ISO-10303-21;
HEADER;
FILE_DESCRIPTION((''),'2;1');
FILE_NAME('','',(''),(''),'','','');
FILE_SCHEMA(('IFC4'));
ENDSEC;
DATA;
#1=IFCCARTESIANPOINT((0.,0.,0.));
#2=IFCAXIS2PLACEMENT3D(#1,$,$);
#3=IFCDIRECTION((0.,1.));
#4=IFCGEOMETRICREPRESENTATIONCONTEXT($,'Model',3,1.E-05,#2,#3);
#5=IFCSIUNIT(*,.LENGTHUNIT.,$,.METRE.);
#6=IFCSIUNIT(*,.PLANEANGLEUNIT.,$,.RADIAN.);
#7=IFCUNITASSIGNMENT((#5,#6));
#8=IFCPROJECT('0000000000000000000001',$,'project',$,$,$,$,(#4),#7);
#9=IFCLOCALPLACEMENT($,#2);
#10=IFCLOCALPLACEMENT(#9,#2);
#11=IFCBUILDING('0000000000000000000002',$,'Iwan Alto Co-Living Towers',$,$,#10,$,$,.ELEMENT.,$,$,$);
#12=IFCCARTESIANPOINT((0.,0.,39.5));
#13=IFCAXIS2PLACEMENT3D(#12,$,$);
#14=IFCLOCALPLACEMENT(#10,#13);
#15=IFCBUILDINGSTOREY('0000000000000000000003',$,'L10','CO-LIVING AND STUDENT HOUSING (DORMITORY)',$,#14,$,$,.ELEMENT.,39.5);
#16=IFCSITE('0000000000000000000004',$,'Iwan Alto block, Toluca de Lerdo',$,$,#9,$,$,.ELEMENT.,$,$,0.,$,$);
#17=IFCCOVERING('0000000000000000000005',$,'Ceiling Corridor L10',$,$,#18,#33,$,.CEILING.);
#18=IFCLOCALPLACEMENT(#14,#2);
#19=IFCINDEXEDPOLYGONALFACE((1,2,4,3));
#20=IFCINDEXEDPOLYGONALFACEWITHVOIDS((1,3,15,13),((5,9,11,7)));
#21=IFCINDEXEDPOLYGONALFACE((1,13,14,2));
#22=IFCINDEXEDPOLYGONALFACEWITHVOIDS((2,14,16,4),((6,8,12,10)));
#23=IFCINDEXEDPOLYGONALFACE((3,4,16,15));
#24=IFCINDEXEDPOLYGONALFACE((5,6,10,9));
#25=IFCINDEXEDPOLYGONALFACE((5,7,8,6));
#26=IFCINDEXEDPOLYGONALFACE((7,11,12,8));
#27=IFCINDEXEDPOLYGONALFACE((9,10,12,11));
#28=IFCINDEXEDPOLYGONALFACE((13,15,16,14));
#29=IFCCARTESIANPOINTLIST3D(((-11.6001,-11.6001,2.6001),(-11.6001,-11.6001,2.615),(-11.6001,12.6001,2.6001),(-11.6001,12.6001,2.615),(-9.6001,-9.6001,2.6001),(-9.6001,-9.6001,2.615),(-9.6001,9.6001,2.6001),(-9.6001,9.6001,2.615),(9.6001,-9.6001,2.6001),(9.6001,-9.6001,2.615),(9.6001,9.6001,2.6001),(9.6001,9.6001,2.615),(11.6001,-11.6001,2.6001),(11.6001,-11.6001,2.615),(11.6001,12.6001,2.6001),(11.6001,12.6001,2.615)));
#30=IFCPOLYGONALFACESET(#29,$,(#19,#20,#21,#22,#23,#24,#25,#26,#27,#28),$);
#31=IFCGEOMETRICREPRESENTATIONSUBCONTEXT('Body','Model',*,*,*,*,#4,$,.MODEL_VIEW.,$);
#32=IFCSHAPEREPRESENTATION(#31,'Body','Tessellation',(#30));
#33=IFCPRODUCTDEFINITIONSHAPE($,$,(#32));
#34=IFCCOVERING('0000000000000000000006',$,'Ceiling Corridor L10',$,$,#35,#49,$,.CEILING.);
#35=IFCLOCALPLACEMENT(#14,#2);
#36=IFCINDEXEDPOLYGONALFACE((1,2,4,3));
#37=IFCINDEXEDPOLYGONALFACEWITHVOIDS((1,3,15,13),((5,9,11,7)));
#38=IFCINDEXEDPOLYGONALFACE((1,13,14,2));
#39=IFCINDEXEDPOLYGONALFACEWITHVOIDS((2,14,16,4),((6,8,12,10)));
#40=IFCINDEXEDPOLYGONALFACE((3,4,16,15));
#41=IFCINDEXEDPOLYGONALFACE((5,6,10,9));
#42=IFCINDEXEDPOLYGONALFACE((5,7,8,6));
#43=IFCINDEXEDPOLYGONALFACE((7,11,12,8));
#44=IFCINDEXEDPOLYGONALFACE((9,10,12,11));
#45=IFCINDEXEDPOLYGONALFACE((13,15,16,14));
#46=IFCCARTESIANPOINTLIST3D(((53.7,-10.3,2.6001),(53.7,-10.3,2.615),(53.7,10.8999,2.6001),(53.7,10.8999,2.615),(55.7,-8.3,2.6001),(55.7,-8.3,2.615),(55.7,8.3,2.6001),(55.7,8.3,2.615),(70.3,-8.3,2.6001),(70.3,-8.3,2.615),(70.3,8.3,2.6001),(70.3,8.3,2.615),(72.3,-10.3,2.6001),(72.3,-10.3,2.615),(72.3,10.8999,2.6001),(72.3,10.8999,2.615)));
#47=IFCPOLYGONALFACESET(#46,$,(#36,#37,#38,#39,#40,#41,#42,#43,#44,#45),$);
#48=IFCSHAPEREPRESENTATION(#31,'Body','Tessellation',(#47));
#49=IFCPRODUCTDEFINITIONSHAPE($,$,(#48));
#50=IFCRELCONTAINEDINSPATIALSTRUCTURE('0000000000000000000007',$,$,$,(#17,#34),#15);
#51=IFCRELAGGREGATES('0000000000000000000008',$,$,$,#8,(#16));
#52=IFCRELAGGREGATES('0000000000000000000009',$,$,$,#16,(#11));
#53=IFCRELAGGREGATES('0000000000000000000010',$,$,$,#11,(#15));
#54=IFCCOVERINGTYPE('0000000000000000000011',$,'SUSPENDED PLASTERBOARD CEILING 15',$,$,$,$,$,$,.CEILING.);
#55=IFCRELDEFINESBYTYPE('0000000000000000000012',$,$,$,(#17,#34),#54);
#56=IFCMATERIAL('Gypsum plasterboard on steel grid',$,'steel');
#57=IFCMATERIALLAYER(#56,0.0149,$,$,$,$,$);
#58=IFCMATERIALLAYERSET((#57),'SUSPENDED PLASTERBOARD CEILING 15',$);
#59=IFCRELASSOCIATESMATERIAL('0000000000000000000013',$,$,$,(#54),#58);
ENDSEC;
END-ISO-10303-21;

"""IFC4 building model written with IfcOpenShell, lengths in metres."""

from ifc_helpers import new_model, si_unit, direction, frame, origin, place, context, subcontext, project, spatial, polyline, outline, extrude, material, layer, layer_set, type_object, element, save


model = new_model("IFC4")

# Units and contexts
model_context = context("Model", 3, precision=1e-05, world=origin(), true_north=direction((0.0, 1.0)))
body_context = subcontext(model_context, "Body", "Model", "MODEL_VIEW")
ifc_project = project(units=[si_unit("LENGTHUNIT", "METRE"), si_unit("PLANEANGLEUNIT", "RADIAN")], contexts=[model_context])

# Site, building, storey
site_placement = place(None, origin())
site = spatial("IfcSite", under=ifc_project, at=site_placement, Name="Iwan Alto block, Toluca de Lerdo", CompositionType="ELEMENT", RefElevation=0.0)
building_placement = place(site_placement, origin())
building = spatial("IfcBuilding", under=site, at=building_placement, Name="Iwan Alto Co-Living Towers", CompositionType="ELEMENT")
storey_placement = place(building_placement, frame((0.0, 0.0, 39.5)))
storey = spatial("IfcBuildingStorey", under=building, at=storey_placement, Name="L10", Description="CO-LIVING AND STUDENT HOUSING (DORMITORY)", CompositionType="ELEMENT", Elevation=39.5)

# Coverings
ifc_material_1 = material(Name="Gypsum plasterboard on steel grid", Category="steel")
ifc_layer_1 = layer(ifc_material_1, 0.0149)
ifc_layer_set_1 = layer_set([ifc_layer_1], Name="SUSPENDED PLASTERBOARD CEILING 15")
covering_type_1 = type_object("IfcCoveringType", Name="SUSPENDED PLASTERBOARD CEILING 15", PredefinedType="CEILING", material=ifc_layer_set_1)
covering_1_placement = place(storey_placement, frame((0.0, 0.0, 2.6001)))
element("IfcCovering", 1, at=covering_1_placement, inside=storey, type_object=covering_type_1, Name="Ceiling Corridor L10", PredefinedType="CEILING", context=body_context, shape_type="SweptSolid", body=[
    extrude(outline(polyline([(-11.6001, 12.6001), (11.6001, 12.6001), (11.6001, -11.6001), (-11.6001, -11.6001), (-11.6001, 12.6001)]), holes=[polyline([(-9.6001, 9.6001), (-9.6001, -9.6001), (9.6001, -9.6001), (9.6001, 9.6001), (-9.6001, 9.6001)])]), origin(), (0.0, 0.0, 1.0), 0.0149),
])
covering_2_placement = place(storey_placement, frame((0.0, 0.0, 2.6001)))
element("IfcCovering", 2, at=covering_2_placement, inside=storey, type_object=covering_type_1, Name="Ceiling Corridor L10", PredefinedType="CEILING", context=body_context, shape_type="SweptSolid", body=[
    extrude(outline(polyline([(53.7, 10.8999), (72.3, 10.8999), (72.3, -10.3), (53.7, -10.3), (53.7, 10.8999)]), holes=[polyline([(55.7, 8.3), (55.7, -8.3), (70.3, -8.3), (70.3, 8.3), (55.7, 8.3)])]), origin(), (0.0, 0.0, 1.0), 0.0149),
])

save(model, "model.ifc")
